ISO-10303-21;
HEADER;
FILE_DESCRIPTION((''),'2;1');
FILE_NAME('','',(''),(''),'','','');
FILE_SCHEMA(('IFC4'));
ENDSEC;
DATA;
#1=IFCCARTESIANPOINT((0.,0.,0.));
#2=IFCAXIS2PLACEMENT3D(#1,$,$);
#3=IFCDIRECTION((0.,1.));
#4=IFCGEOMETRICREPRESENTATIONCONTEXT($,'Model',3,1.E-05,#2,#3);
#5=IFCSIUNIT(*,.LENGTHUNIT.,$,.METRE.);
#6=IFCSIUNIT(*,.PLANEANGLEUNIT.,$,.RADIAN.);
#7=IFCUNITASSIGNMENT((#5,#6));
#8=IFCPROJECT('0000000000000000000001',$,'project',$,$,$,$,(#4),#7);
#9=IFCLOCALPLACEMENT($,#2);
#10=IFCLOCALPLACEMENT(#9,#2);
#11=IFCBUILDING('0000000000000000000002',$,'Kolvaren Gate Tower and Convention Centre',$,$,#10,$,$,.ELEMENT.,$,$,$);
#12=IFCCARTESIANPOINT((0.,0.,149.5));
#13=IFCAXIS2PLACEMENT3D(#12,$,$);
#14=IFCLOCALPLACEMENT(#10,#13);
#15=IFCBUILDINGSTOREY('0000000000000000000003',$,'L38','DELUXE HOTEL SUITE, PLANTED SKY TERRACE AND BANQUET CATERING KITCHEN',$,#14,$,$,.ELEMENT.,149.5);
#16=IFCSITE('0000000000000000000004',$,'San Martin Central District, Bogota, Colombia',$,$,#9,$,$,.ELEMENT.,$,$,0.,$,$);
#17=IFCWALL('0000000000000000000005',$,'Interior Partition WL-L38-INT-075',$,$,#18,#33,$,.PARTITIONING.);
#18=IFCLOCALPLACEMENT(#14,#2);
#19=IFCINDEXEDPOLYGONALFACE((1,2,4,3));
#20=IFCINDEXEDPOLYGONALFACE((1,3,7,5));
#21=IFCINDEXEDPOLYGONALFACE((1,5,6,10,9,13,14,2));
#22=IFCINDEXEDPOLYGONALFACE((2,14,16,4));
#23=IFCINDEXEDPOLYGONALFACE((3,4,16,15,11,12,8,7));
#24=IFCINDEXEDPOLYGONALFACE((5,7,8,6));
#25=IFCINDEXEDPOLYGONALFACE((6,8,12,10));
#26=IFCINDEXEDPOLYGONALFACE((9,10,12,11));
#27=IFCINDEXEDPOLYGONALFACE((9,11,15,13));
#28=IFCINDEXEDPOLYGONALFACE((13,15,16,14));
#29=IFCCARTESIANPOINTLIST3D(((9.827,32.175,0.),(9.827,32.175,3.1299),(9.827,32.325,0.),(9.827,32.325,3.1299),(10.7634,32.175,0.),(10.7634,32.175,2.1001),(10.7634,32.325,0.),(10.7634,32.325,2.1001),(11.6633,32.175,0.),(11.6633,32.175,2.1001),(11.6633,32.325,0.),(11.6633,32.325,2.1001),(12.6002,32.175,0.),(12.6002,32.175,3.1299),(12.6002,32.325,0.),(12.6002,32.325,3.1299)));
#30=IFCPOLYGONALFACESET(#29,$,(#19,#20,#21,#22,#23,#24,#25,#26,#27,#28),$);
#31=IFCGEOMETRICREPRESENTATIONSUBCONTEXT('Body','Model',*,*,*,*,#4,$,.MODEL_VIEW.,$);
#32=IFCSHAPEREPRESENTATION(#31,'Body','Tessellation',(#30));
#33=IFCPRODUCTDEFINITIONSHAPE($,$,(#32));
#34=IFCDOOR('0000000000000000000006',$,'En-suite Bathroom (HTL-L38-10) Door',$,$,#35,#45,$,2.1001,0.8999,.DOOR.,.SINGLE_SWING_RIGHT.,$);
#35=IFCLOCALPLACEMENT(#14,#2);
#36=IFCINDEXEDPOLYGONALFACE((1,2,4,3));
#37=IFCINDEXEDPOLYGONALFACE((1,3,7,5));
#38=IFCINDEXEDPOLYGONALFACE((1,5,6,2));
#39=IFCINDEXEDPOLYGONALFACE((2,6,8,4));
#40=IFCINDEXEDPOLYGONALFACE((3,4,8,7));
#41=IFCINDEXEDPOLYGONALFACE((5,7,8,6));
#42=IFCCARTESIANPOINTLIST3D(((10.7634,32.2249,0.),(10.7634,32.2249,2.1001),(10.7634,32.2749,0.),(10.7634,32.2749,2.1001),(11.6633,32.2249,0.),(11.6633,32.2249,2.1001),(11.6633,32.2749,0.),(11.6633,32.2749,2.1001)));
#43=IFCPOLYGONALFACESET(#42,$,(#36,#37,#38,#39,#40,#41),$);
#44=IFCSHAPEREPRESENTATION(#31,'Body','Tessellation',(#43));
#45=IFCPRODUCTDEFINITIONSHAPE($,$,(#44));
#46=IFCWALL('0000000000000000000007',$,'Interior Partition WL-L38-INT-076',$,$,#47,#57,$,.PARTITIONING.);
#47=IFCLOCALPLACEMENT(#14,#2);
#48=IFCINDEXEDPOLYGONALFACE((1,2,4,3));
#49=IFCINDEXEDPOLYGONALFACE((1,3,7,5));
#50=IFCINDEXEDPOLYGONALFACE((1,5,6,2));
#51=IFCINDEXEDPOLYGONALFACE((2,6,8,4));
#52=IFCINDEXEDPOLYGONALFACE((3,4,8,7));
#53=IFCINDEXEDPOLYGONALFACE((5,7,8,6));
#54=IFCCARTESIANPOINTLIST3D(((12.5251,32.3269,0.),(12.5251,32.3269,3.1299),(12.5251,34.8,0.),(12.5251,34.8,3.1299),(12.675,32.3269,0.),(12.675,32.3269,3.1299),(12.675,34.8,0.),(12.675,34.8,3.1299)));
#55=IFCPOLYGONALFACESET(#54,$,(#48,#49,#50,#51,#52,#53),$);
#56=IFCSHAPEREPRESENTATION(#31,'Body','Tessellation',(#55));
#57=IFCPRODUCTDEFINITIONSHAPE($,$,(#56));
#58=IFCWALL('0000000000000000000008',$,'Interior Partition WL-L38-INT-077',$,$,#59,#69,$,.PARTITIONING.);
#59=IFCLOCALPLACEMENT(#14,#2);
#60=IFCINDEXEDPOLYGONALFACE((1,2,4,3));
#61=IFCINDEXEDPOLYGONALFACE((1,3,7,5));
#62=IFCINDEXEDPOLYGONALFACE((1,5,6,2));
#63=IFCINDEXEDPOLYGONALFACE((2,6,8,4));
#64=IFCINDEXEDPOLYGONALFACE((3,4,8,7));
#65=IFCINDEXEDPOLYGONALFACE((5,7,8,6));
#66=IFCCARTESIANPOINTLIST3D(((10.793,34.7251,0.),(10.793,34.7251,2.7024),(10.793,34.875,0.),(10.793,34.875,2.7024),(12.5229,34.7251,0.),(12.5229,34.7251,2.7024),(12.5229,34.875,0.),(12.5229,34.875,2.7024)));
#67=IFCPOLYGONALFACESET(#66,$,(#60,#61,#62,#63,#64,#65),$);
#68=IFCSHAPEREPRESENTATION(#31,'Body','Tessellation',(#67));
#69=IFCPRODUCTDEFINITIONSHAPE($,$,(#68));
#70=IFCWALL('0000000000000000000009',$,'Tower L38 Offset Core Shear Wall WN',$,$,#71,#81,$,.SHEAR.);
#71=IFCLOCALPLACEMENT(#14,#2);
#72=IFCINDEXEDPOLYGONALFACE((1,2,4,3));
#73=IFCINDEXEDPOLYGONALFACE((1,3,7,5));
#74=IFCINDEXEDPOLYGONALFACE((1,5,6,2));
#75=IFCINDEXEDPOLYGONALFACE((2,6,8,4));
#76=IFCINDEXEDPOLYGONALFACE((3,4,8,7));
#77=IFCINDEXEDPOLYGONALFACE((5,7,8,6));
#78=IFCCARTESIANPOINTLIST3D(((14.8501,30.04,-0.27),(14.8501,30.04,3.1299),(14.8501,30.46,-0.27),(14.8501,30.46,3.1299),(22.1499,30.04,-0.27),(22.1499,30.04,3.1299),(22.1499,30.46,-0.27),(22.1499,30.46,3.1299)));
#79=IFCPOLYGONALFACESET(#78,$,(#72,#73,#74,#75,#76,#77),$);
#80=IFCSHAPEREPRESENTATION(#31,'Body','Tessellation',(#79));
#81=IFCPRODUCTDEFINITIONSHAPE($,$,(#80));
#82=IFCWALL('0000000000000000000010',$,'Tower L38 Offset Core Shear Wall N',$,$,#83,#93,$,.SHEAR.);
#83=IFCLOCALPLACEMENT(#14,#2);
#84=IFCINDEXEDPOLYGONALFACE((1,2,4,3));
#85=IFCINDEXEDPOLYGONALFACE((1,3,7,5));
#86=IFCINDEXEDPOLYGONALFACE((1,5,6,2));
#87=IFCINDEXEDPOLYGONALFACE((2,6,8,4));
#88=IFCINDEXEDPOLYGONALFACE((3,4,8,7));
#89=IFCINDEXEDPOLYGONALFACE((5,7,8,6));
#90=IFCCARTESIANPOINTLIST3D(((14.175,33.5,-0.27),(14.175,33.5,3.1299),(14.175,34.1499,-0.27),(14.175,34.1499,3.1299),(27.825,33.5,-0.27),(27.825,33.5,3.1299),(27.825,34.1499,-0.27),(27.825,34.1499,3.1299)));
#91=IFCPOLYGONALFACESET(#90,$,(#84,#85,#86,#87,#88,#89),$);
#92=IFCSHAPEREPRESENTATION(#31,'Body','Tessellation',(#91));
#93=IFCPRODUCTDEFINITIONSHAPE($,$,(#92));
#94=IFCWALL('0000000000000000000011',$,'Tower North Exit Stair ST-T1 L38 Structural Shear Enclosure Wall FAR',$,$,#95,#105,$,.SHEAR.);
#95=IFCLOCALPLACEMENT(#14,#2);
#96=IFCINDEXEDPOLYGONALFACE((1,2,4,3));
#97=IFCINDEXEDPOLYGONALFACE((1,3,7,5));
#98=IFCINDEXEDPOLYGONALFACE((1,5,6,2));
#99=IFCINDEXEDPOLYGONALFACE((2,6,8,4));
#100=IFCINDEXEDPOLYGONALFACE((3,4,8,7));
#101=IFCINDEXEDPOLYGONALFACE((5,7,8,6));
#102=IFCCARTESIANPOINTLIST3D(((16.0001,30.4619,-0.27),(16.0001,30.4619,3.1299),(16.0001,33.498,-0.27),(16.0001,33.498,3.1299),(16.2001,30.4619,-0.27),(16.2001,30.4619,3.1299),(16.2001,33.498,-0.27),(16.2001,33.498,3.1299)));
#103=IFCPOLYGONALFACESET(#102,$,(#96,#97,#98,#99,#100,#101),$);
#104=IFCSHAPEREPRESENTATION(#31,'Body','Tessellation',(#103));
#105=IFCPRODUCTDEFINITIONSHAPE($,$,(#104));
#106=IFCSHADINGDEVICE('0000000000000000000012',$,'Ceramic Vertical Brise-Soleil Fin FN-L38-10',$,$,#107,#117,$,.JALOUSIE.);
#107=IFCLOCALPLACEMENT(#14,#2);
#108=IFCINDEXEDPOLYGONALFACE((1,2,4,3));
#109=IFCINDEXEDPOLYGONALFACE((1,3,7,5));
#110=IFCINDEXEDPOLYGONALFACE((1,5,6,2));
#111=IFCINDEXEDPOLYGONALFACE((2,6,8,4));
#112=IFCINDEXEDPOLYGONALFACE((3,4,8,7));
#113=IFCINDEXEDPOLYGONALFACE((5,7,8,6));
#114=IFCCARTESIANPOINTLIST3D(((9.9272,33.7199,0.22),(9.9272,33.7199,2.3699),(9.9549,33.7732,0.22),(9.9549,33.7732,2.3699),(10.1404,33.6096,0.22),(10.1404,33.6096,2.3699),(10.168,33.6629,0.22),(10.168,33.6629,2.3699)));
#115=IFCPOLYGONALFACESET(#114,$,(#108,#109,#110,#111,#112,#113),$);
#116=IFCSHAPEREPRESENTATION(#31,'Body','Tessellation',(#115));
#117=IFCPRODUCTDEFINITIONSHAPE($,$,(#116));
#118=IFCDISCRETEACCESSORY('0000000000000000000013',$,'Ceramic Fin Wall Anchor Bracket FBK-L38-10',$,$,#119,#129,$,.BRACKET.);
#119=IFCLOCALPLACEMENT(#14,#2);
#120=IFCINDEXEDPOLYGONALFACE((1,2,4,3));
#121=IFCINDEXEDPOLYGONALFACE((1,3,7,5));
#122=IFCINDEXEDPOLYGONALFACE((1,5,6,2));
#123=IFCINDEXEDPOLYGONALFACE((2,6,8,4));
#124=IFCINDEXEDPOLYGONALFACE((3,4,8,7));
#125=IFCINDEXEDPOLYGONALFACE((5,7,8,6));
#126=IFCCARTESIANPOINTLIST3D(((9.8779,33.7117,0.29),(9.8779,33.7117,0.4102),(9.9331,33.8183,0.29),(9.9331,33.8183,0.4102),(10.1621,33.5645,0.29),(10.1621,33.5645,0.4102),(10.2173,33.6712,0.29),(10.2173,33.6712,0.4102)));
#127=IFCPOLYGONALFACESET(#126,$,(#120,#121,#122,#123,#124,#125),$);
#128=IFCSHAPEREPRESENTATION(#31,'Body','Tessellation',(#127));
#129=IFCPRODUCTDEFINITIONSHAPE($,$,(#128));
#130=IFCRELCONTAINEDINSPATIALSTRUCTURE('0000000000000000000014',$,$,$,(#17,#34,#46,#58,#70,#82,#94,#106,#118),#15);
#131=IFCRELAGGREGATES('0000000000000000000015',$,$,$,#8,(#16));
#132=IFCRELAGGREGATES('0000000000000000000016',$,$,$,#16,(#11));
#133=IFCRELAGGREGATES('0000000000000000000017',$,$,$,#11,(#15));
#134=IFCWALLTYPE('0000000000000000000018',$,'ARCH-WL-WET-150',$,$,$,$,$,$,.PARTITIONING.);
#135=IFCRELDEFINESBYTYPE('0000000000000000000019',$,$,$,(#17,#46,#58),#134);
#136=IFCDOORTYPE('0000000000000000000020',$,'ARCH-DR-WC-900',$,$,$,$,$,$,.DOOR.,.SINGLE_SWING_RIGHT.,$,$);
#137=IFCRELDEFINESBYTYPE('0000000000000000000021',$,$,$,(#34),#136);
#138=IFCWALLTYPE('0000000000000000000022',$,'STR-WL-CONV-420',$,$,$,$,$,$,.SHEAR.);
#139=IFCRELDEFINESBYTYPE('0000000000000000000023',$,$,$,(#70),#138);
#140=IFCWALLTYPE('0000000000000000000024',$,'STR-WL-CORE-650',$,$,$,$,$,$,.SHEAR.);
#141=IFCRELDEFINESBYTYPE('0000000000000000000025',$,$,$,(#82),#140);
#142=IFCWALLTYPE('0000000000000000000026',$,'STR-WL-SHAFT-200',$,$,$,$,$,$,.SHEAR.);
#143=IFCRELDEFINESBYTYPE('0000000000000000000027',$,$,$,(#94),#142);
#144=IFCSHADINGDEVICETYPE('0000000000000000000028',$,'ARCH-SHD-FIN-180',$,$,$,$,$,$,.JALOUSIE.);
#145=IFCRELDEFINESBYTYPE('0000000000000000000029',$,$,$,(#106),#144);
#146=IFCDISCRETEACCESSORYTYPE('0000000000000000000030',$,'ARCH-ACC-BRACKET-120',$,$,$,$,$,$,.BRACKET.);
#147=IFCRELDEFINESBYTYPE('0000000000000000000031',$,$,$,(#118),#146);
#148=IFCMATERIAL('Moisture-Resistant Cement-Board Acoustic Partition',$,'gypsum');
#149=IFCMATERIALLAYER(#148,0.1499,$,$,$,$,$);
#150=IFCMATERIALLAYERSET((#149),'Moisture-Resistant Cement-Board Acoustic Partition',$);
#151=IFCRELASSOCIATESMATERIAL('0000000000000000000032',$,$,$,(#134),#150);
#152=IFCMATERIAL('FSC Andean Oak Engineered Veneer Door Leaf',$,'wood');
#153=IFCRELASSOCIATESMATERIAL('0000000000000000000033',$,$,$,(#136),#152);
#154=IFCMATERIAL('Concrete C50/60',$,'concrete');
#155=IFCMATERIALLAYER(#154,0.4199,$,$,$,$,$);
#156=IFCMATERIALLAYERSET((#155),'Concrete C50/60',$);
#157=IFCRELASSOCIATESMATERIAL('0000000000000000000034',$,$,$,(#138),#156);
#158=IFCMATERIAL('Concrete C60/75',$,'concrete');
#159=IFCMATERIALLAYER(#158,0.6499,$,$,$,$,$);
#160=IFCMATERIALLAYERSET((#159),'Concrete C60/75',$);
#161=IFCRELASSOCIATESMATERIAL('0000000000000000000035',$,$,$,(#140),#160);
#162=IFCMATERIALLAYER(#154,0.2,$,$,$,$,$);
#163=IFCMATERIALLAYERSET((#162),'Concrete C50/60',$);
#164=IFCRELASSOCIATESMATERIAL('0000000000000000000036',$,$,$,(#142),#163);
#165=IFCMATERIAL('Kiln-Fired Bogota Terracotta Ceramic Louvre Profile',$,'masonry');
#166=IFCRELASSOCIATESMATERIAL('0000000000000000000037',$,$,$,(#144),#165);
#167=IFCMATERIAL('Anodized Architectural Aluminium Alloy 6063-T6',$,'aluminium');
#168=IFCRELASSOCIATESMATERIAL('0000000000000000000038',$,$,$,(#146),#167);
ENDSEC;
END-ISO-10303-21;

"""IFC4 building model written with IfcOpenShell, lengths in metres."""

from ifc_helpers import new_model, si_unit, direction, frame, frame_2d, origin, origin_2d, place, context, subcontext, project, spatial, rectangle, extrude, material, layer, layer_set, type_object, element, fill, save


model = new_model("IFC4")

# Units and contexts
model_context = context("Model", 3, precision=1e-05, world=origin(), true_north=direction((0.0, 1.0)))
body_context = subcontext(model_context, "Body", "Model", "MODEL_VIEW")
ifc_project = project(units=[si_unit("LENGTHUNIT", "METRE"), si_unit("PLANEANGLEUNIT", "RADIAN")], contexts=[model_context])

# Site, building, storey
site_placement = place(None, origin())
site = spatial("IfcSite", under=ifc_project, at=site_placement, Name="San Martin Central District, Bogota, Colombia", CompositionType="ELEMENT", RefElevation=0.0)
building_placement = place(site_placement, origin())
building = spatial("IfcBuilding", under=site, at=building_placement, Name="Kolvaren Gate Tower and Convention Centre", CompositionType="ELEMENT")
storey_placement = place(building_placement, frame((0.0, 0.0, 149.5)))
storey = spatial("IfcBuildingStorey", under=building, at=storey_placement, Name="L38", Description="DELUXE HOTEL SUITE, PLANTED SKY TERRACE AND BANQUET CATERING KITCHEN", CompositionType="ELEMENT", Elevation=149.5)

# Shared definitions
ifc_material_1 = material(Name="Anodized Architectural Aluminium Alloy 6063-T6", Category="aluminium")

# Shared definitions
ifc_material_2 = material(Name="Moisture-Resistant Cement-Board Acoustic Partition", Category="gypsum")
ifc_layer_1 = layer(ifc_material_2, 0.1499)
ifc_layer_set_1 = layer_set([ifc_layer_1], Name="Moisture-Resistant Cement-Board Acoustic Partition")
wall_type_1 = type_object("IfcWallType", Name="ARCH-WL-WET-150", PredefinedType="PARTITIONING", material=ifc_layer_set_1)

# Wall, opening, door
wall_1_placement = place(storey_placement, frame((9.8269, 32.25, 0.0), z_axis=(0.0, 0.0, 1.0), x_axis=(1.0, 0.0, 0.0)))
wall_1 = element("IfcWall", 1, at=wall_1_placement, inside=storey, type_object=wall_type_1, Name="Interior Partition WL-L38-INT-075", PredefinedType="PARTITIONING", context=body_context, shape_type="SweptSolid", body=[
    extrude(rectangle(XDim=2.7732, YDim=0.1499, at=frame_2d((1.3867, 0.0))), origin(), (0.0, 0.0, 1.0), 3.1299),
])
opening_1_placement = place(wall_1_placement, frame((0.9365, 0.0, 0.0)))
opening_1 = element("IfcOpeningElement", 2, at=opening_1_placement, cuts=wall_1, PredefinedType="OPENING", context=body_context, shape_type="SweptSolid", body=[
    extrude(rectangle(XDim=0.8999, YDim=2.1001, at=frame_2d((0.45, 1.05))), frame((0.0, 0.085, 0.0), z_axis=(0.0, -1.0, 0.0), x_axis=(1.0, 0.0, 0.0)), (0.0, 0.0, 1.0), 0.1699),
])
ifc_material_3 = material(Name="FSC Andean Oak Engineered Veneer Door Leaf", Category="wood")
door_type_1 = type_object("IfcDoorType", Name="ARCH-DR-WC-900", OperationType="SINGLE_SWING_RIGHT", PredefinedType="DOOR", material=ifc_material_3)
door_1_placement = place(opening_1_placement, origin())
door_1 = element("IfcDoor", 3, at=door_1_placement, inside=storey, type_object=door_type_1, Name="En-suite Bathroom (HTL-L38-10) Door", OperationType="SINGLE_SWING_RIGHT", OverallHeight=2.1001, OverallWidth=0.8999, PredefinedType="DOOR", context=body_context, shape_type="SweptSolid", body=[
    extrude(rectangle(XDim=0.8999, YDim=2.1001, at=frame_2d((0.45, 1.05))), frame((0.0, 0.0249, 0.0), z_axis=(0.0, -1.0, 0.0), x_axis=(1.0, 0.0, 0.0)), (0.0, 0.0, 1.0), 0.05),
])
fill(opening_1, door_1)

# Walls
wall_2_placement = place(storey_placement, frame((12.6001, 32.3269, 0.0), z_axis=(0.0, 0.0, 1.0), x_axis=(0.0, 1.0, 0.0)))
element("IfcWall", 4, at=wall_2_placement, inside=storey, type_object=wall_type_1, Name="Interior Partition WL-L38-INT-076", PredefinedType="PARTITIONING", context=body_context, shape_type="SweptSolid", body=[
    extrude(rectangle(XDim=2.4731, YDim=0.1499, at=frame_2d((1.2366, 0.0))), origin(), (0.0, 0.0, 1.0), 3.1299),
])
wall_3_placement = place(storey_placement, frame((10.793, 34.8, 0.0), z_axis=(0.0, 0.0, 1.0), x_axis=(1.0, 0.0, 0.0)))
element("IfcWall", 5, at=wall_3_placement, inside=storey, type_object=wall_type_1, Name="Interior Partition WL-L38-INT-077", PredefinedType="PARTITIONING", context=body_context, shape_type="SweptSolid", body=[
    extrude(rectangle(XDim=1.73, YDim=0.1499, at=frame_2d((0.865, 0.0))), origin(), (0.0, 0.0, 1.0), 2.7024),
])
ifc_material_4 = material(Name="Concrete C50/60", Category="concrete")
ifc_layer_2 = layer(ifc_material_4, 0.4199)
ifc_layer_set_2 = layer_set([ifc_layer_2], Name="Concrete C50/60")
wall_type_2 = type_object("IfcWallType", Name="STR-WL-CONV-420", PredefinedType="SHEAR", material=ifc_layer_set_2)
wall_4_placement = place(storey_placement, frame((14.8501, 30.25, -0.27), z_axis=(0.0, 0.0, 1.0), x_axis=(1.0, 0.0, 0.0)))
element("IfcWall", 6, at=wall_4_placement, inside=storey, type_object=wall_type_2, Name="Tower L38 Offset Core Shear Wall WN", PredefinedType="SHEAR", context=body_context, shape_type="SweptSolid", body=[
    extrude(rectangle(XDim=7.2998, YDim=0.4199, at=frame_2d((3.6499, 0.0))), origin(), (0.0, 0.0, 1.0), 3.3999),
])
ifc_material_5 = material(Name="Concrete C60/75", Category="concrete")
ifc_layer_3 = layer(ifc_material_5, 0.6499)
ifc_layer_set_3 = layer_set([ifc_layer_3], Name="Concrete C60/75")
wall_type_3 = type_object("IfcWallType", Name="STR-WL-CORE-650", PredefinedType="SHEAR", material=ifc_layer_set_3)
wall_5_placement = place(storey_placement, frame((14.175, 33.825, -0.27), z_axis=(0.0, 0.0, 1.0), x_axis=(1.0, 0.0, 0.0)))
element("IfcWall", 7, at=wall_5_placement, inside=storey, type_object=wall_type_3, Name="Tower L38 Offset Core Shear Wall N", PredefinedType="SHEAR", context=body_context, shape_type="SweptSolid", body=[
    extrude(rectangle(XDim=13.6499, YDim=0.6499, at=frame_2d((6.825, 0.0))), origin(), (0.0, 0.0, 1.0), 3.3999),
])
ifc_layer_4 = layer(ifc_material_4, 0.2)
ifc_layer_set_4 = layer_set([ifc_layer_4], Name="Concrete C50/60")
wall_type_4 = type_object("IfcWallType", Name="STR-WL-SHAFT-200", PredefinedType="SHEAR", material=ifc_layer_set_4)
wall_6_placement = place(storey_placement, frame((16.1001, 30.4619, -0.27), z_axis=(0.0, 0.0, 1.0), x_axis=(0.0, 1.0, 0.0)))
element("IfcWall", 8, at=wall_6_placement, inside=storey, type_object=wall_type_4, Name="Tower North Exit Stair ST-T1 L38 Structural Shear Enclosure Wall FAR", PredefinedType="SHEAR", context=body_context, shape_type="SweptSolid", body=[
    extrude(rectangle(XDim=3.0361, YDim=0.2, at=frame_2d((1.5181, 0.0))), origin(), (0.0, 0.0, 1.0), 3.3999),
])

# Shading device
ifc_material_6 = material(Name="Kiln-Fired Bogota Terracotta Ceramic Louvre Profile", Category="masonry")
shading_device_type = type_object("IfcShadingDeviceType", Name="ARCH-SHD-FIN-180", PredefinedType="JALOUSIE", material=ifc_material_6)
shading_device_placement = place(storey_placement, frame((10.0476, 33.6914, 0.22), z_axis=(0.0, 0.0, 1.0), x_axis=(0.459798, 0.888023, 0.0)))
element("IfcShadingDevice", 9, at=shading_device_placement, inside=storey, type_object=shading_device_type, Name="Ceramic Vertical Brise-Soleil Fin FN-L38-10", PredefinedType="JALOUSIE", context=body_context, shape_type="SweptSolid", body=[
    extrude(rectangle(XDim=0.0601, YDim=0.24, at=origin_2d()), origin(), (0.0, 0.0, 1.0), 2.1499),
])

# Discrete accessory
discrete_accessory_type = type_object("IfcDiscreteAccessoryType", Name="ARCH-ACC-BRACKET-120", PredefinedType="BRACKET", material=ifc_material_1)
discrete_accessory_placement = place(storey_placement, frame((10.0476, 33.6914, 0.29), z_axis=(0.0, 0.0, 1.0), x_axis=(0.459798, 0.888023, 0.0)))
element("IfcDiscreteAccessory", 10, at=discrete_accessory_placement, inside=storey, type_object=discrete_accessory_type, Name="Ceramic Fin Wall Anchor Bracket FBK-L38-10", PredefinedType="BRACKET", context=body_context, shape_type="SweptSolid", body=[
    extrude(rectangle(XDim=0.1201, YDim=0.3201, at=origin_2d()), origin(), (0.0, 0.0, 1.0), 0.1201),
])

save(model, "model.ifc")
